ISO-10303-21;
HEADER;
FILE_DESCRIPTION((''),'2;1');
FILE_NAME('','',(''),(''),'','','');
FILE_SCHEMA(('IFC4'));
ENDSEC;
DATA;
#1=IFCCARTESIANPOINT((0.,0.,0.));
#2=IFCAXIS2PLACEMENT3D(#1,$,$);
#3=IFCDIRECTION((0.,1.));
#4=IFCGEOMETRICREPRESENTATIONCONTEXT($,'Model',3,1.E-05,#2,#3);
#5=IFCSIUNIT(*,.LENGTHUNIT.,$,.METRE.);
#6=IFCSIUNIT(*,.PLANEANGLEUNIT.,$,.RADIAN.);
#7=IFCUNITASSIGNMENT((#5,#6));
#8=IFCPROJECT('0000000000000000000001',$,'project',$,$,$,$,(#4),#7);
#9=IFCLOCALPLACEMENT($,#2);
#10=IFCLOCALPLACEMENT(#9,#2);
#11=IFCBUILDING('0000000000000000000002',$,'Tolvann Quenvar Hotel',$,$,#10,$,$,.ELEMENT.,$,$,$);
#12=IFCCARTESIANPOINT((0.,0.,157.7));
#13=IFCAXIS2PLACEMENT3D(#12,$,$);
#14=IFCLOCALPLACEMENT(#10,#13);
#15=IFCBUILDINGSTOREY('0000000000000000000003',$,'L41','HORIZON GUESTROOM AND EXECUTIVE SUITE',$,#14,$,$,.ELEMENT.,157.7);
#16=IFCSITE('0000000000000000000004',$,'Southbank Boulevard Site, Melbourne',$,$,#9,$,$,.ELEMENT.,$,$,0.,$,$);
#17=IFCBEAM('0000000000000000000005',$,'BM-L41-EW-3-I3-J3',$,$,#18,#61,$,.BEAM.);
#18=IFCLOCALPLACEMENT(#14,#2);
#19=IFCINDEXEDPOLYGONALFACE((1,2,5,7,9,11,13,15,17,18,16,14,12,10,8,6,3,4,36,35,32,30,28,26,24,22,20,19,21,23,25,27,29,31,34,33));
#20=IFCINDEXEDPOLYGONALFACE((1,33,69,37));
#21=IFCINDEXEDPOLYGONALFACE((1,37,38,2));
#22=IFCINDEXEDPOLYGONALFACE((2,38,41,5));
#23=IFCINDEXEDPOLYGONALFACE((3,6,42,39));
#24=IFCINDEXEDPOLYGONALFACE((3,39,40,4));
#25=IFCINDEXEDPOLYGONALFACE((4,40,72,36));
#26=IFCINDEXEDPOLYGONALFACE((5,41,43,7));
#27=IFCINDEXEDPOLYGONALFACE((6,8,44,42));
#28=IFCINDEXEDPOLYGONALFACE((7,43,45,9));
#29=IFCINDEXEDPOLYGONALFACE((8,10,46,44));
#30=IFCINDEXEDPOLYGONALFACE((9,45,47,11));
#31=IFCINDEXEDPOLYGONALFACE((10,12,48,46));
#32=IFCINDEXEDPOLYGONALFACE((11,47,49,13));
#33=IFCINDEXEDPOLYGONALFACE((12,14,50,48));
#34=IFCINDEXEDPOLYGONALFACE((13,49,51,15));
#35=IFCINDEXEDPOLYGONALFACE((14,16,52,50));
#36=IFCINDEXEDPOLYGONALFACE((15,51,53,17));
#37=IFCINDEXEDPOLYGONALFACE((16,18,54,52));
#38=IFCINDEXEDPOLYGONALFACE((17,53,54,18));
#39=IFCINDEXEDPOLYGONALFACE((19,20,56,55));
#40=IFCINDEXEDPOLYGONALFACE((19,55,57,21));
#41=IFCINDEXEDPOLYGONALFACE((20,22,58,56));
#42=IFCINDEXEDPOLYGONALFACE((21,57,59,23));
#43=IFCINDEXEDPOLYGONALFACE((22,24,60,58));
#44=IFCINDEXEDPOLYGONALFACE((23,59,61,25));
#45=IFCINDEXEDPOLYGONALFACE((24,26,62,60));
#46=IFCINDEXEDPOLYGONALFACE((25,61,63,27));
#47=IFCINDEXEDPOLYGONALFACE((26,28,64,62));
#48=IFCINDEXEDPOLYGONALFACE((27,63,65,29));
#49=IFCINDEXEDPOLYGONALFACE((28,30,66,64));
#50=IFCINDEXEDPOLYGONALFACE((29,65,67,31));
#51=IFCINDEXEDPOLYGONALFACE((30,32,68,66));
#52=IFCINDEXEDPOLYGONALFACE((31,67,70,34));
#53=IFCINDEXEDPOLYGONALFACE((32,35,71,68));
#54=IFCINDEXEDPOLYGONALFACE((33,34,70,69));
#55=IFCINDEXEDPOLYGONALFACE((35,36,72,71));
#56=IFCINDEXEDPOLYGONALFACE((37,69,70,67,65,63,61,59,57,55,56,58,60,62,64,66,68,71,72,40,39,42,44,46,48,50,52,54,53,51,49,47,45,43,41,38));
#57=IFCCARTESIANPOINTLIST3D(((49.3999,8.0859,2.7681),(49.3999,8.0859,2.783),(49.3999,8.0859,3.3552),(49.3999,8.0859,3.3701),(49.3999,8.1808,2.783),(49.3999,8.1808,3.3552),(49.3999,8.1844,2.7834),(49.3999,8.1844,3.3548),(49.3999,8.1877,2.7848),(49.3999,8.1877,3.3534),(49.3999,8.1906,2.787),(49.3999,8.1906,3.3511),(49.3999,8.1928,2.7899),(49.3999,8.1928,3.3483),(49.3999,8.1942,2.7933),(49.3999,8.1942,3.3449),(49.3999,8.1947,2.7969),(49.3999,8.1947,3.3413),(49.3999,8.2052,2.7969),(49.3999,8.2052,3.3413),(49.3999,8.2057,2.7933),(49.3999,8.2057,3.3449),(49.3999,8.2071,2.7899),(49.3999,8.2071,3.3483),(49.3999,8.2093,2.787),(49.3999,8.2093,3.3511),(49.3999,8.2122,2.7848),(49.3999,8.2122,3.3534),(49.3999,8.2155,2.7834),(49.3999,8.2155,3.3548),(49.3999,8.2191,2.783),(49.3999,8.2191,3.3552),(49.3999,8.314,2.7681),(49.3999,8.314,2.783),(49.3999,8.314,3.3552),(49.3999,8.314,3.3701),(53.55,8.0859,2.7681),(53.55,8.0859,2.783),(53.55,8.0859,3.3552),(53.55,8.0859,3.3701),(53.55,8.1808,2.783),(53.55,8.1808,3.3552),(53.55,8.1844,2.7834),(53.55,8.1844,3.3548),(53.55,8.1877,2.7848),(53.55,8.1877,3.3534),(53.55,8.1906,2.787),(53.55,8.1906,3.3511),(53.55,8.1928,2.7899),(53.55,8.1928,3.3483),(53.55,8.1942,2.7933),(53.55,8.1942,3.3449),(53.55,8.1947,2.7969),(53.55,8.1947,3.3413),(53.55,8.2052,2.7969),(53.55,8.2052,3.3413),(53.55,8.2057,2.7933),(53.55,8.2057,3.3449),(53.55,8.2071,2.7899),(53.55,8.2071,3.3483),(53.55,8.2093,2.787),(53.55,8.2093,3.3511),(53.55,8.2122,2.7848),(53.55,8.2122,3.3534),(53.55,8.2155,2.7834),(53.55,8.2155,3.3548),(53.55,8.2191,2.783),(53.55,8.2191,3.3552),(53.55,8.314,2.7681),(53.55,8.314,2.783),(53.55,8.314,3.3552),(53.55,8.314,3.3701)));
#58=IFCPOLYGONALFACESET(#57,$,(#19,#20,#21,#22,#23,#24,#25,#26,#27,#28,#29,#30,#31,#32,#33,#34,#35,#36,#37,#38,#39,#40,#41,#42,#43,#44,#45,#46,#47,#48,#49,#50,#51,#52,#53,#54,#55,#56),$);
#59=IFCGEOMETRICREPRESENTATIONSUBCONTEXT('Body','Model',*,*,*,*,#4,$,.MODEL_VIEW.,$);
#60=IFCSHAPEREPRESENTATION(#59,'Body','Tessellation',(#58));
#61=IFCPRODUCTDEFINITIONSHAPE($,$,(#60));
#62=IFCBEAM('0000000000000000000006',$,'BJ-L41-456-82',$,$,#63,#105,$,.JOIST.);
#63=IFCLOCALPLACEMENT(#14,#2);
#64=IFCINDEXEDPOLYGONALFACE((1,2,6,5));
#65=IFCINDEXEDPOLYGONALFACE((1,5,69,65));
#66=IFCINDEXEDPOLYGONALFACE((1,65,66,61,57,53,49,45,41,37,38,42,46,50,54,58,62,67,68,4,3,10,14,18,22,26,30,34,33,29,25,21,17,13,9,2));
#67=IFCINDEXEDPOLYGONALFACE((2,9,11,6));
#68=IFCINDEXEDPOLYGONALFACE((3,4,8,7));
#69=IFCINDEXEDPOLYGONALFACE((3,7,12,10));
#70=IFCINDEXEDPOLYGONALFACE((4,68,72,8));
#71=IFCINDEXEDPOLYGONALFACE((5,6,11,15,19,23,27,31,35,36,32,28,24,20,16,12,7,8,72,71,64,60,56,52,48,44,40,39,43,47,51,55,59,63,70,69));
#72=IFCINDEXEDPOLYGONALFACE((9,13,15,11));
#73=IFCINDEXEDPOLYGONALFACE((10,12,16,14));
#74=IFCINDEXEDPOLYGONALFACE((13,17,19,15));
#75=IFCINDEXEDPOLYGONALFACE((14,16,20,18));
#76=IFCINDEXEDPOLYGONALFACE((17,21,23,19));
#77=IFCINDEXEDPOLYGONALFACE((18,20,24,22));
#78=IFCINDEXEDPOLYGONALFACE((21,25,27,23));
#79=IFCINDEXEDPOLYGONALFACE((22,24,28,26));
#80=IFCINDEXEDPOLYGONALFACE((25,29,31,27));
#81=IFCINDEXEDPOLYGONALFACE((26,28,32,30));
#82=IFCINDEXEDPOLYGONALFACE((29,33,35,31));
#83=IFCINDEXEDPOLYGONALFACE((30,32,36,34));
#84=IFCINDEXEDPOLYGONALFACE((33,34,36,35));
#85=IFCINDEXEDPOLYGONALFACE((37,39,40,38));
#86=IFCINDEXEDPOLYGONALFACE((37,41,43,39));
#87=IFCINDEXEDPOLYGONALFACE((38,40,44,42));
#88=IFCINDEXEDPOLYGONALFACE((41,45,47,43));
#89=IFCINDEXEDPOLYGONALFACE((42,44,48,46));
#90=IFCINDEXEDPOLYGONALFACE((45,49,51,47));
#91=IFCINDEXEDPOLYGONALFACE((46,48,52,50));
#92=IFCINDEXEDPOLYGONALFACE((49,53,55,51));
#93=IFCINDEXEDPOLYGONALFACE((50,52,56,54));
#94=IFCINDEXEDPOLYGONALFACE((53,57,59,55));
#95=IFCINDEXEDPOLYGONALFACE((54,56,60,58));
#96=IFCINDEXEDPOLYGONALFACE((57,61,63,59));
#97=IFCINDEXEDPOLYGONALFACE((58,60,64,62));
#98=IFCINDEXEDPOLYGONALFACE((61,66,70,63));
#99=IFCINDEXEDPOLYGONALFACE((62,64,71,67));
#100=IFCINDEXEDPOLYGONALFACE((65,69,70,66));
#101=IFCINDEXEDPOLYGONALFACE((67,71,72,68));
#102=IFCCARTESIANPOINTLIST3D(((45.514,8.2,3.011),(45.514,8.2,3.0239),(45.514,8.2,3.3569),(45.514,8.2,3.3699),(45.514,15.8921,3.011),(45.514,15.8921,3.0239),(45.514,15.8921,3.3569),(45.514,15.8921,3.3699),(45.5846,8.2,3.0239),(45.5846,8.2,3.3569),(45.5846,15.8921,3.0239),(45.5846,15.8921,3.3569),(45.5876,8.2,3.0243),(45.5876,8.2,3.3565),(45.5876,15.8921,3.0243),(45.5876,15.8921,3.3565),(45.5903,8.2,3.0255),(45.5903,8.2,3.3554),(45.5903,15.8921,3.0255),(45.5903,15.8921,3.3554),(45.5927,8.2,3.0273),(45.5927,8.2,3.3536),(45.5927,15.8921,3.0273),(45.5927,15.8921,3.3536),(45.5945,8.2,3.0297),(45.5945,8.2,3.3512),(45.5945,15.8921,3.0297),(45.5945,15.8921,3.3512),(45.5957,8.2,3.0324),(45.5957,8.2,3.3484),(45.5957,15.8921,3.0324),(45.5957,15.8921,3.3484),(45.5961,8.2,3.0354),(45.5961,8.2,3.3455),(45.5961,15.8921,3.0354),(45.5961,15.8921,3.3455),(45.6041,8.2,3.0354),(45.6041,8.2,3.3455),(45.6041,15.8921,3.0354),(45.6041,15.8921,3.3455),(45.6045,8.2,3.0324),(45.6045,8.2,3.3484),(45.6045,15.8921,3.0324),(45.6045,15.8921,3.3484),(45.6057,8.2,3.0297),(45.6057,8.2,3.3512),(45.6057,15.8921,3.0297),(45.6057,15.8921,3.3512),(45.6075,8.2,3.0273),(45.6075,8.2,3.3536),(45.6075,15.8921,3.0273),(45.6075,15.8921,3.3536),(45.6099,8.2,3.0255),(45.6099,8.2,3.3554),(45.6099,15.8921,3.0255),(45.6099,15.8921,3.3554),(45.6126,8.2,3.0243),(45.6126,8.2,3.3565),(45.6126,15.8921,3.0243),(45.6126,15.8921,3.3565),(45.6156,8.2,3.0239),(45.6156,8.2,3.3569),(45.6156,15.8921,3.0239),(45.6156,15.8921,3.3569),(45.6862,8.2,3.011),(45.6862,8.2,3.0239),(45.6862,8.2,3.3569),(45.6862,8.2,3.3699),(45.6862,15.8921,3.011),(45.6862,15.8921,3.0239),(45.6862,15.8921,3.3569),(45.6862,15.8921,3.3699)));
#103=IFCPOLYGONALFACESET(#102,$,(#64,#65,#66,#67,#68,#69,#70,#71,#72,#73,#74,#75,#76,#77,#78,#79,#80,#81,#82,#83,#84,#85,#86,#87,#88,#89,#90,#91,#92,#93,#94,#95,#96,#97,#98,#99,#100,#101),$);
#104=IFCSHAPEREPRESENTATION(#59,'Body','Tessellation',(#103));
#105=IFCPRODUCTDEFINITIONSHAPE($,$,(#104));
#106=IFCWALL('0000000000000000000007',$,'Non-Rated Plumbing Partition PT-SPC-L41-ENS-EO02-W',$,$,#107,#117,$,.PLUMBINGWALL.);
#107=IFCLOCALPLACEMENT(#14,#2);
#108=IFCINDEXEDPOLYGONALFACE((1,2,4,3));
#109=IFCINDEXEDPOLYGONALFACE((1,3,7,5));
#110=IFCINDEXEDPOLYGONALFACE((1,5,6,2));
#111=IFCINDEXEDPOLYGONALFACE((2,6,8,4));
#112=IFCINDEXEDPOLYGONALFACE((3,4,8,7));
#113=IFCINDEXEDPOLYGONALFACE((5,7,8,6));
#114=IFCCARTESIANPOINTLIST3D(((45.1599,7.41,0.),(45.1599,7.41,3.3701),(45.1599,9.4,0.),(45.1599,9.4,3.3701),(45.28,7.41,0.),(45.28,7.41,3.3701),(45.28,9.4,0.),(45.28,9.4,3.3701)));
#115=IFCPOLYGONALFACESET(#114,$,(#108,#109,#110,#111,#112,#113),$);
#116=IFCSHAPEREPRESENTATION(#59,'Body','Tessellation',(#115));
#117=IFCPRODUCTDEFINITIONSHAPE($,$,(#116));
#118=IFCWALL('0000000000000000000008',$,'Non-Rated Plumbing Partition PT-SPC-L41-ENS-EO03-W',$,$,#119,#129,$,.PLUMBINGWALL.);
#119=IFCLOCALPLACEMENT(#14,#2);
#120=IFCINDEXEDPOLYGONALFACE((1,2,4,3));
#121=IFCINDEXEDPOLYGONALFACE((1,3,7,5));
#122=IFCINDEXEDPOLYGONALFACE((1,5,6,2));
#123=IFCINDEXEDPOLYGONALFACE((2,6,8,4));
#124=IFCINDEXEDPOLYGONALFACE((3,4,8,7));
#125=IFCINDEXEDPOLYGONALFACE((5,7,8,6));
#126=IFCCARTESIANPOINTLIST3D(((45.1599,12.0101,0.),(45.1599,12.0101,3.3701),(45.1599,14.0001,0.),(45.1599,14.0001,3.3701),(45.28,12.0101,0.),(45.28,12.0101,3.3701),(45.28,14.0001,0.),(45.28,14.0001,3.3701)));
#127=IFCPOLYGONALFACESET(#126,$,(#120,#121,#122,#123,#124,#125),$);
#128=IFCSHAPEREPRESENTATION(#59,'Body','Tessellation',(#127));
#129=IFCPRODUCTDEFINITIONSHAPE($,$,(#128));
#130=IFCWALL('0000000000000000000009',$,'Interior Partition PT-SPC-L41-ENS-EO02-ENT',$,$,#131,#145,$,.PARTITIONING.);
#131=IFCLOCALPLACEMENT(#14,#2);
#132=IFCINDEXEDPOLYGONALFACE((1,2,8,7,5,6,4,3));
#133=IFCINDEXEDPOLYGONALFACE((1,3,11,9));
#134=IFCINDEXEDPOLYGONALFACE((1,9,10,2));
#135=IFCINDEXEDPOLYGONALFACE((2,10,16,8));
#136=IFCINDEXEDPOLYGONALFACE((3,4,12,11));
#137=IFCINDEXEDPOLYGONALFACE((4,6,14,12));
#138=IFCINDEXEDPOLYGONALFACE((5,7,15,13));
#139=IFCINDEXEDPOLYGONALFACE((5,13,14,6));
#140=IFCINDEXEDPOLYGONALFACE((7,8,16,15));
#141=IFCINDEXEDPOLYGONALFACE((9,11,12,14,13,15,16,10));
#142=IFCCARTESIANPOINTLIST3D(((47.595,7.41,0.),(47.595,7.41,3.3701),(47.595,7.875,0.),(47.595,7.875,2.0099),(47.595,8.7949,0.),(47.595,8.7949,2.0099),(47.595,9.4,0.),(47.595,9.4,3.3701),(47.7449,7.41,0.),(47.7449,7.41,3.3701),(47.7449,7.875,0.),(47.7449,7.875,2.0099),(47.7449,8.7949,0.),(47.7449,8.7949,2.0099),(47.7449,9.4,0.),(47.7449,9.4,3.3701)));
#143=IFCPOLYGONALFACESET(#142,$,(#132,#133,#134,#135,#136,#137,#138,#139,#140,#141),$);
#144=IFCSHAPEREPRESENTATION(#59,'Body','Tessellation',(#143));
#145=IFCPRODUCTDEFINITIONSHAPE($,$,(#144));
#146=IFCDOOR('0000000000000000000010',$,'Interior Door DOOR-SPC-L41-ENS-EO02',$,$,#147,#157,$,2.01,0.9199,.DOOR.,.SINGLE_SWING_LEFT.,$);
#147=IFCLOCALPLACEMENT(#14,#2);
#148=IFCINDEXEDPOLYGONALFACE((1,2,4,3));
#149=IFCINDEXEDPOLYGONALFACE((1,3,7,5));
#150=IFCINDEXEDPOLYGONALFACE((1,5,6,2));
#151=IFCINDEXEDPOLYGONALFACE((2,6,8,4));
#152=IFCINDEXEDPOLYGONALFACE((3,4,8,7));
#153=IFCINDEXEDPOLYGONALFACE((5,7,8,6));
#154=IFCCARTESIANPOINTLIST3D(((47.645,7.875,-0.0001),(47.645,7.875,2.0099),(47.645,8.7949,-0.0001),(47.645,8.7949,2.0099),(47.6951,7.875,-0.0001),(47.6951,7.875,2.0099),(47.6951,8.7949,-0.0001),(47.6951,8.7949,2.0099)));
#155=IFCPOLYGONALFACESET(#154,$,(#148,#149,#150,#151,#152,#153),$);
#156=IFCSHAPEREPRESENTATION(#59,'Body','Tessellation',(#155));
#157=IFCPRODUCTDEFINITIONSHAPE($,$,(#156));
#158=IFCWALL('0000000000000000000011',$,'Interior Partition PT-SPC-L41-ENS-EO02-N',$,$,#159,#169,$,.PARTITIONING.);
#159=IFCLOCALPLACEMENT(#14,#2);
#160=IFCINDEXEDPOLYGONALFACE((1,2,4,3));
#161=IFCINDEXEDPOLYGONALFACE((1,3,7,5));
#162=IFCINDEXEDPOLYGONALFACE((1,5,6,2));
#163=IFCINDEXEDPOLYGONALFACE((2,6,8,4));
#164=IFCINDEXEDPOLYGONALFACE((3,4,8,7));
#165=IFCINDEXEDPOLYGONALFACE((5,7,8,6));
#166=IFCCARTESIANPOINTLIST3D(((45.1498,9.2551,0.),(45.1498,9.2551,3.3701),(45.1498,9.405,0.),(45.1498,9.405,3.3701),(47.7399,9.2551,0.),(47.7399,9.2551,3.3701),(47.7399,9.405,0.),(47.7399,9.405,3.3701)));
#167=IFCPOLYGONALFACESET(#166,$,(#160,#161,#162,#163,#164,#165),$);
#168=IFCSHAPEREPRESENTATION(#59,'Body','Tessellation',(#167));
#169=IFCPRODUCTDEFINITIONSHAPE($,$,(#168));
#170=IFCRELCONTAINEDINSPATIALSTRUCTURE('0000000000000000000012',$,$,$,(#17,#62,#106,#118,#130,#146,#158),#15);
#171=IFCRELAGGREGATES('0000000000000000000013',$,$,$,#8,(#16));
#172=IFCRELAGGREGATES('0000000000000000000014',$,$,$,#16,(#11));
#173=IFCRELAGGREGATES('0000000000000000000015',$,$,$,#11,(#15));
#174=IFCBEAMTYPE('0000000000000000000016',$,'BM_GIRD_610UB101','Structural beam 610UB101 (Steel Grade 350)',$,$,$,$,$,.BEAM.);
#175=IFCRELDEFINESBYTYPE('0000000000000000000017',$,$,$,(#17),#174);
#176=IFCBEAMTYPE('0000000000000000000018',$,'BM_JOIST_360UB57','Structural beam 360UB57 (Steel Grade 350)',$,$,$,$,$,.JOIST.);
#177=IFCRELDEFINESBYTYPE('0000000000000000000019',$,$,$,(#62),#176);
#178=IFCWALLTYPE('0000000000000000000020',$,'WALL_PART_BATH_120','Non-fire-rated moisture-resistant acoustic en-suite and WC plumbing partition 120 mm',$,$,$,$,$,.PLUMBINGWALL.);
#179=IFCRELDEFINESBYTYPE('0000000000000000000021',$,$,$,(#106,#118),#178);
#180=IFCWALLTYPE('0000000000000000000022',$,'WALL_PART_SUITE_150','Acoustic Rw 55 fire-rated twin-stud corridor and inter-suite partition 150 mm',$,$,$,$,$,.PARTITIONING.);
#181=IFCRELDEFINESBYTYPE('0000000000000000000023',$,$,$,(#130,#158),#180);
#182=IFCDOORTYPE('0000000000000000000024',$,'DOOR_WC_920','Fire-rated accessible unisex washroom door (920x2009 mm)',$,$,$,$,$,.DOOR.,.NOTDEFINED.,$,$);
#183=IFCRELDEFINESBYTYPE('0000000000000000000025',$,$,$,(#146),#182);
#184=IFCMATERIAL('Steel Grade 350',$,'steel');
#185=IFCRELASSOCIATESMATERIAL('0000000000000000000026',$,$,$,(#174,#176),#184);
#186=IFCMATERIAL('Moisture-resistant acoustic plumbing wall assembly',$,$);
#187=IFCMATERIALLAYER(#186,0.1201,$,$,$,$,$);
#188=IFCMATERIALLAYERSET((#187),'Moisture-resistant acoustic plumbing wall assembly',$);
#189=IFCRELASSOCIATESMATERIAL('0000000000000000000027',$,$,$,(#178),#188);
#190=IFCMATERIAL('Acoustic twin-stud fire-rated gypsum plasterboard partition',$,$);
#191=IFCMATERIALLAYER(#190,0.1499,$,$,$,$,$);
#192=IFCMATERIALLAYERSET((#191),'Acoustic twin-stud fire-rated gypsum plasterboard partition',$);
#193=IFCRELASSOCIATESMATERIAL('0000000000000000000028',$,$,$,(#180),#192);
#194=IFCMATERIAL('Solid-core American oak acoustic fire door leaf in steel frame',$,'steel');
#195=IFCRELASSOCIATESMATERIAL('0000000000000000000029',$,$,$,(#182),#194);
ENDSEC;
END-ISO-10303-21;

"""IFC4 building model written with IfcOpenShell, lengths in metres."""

from ifc_helpers import new_model, si_unit, direction, frame, frame_2d, origin, origin_2d, place, context, subcontext, project, spatial, rectangle, i_section, extrude, source, transform, mapped, material, layer, layer_set, material_profile, profile_set, type_object, type_shapes, element, fill, save


model = new_model("IFC4")

# Units and contexts
model_context = context("Model", 3, precision=1e-05, world=origin(), true_north=direction((0.0, 1.0)))
body_context = subcontext(model_context, "Body", "Model", "MODEL_VIEW")
ifc_project = project(units=[si_unit("LENGTHUNIT", "METRE"), si_unit("PLANEANGLEUNIT", "RADIAN")], contexts=[model_context])

# Site, building, storey
site_placement = place(None, origin())
site = spatial("IfcSite", under=ifc_project, at=site_placement, Name="Southbank Boulevard Site, Melbourne", CompositionType="ELEMENT", RefElevation=0.0)
building_placement = place(site_placement, origin())
building = spatial("IfcBuilding", under=site, at=building_placement, Name="Tolvann Quenvar Hotel", CompositionType="ELEMENT")
storey_placement = place(building_placement, frame((0.0, 0.0, 157.7)))
storey = spatial("IfcBuildingStorey", under=building, at=storey_placement, Name="L41", Description="HORIZON GUESTROOM AND EXECUTIVE SUITE", CompositionType="ELEMENT", Elevation=157.7)

# Shared definitions
ifc_material_1 = material(Name="Steel Grade 350", Category="steel")

# Beams
ifc_material_profile_1 = material_profile(ifc_material_1, i_section(OverallWidth=0.228, OverallDepth=0.6021, WebThickness=0.0105, FlangeThickness=0.0149, FilletRadius=0.0139, at=origin_2d()), Name="610UB101")
ifc_profile_set_1 = profile_set([ifc_material_profile_1], Name="Steel Grade 350")
beam_type_1 = type_object("IfcBeamType", Name="BM_GIRD_610UB101", Description="Structural beam 610UB101 (Steel Grade 350)", PredefinedType="BEAM", material=ifc_profile_set_1)
shared_shape_1 = source(origin(), body_context, "Body", "SweptSolid", [
    extrude(i_section(OverallWidth=0.228, OverallDepth=0.6021, WebThickness=0.0105, FlangeThickness=0.0149, FilletRadius=0.0139, at=origin_2d()), origin(), (0.0, 0.0, 1.0), 4.1501),
])
type_shapes(beam_type_1, [shared_shape_1])
beam_1_placement = place(storey_placement, frame((49.3999, 8.2, 3.0691), z_axis=(1.0, 0.0, 0.0), x_axis=(0.0, 1.0, 0.0)))
element("IfcBeam", 1, at=beam_1_placement, inside=storey, type_object=beam_type_1, Name="BM-L41-EW-3-I3-J3", PredefinedType="BEAM", context=body_context, shape_type="MappedRepresentation", body=[
    mapped(shared_shape_1, transform((0.0, 0.0, 0.0), x_axis=(1.0, 0.0, 0.0), y_axis=(0.0, 1.0, 0.0), z_axis=(0.0, 0.0, 1.0), scale=1.0)),
])
ifc_material_profile_2 = material_profile(ifc_material_1, i_section(OverallWidth=0.1721, OverallDepth=0.3589, WebThickness=0.0081, FlangeThickness=0.0129, FilletRadius=0.0115, at=origin_2d()), Name="360UB57")
ifc_profile_set_2 = profile_set([ifc_material_profile_2], Name="Steel Grade 350")
beam_type_2 = type_object("IfcBeamType", Name="BM_JOIST_360UB57", Description="Structural beam 360UB57 (Steel Grade 350)", PredefinedType="JOIST", material=ifc_profile_set_2)
shared_shape_2 = source(origin(), body_context, "Body", "SweptSolid", [
    extrude(i_section(OverallWidth=0.1721, OverallDepth=0.3589, WebThickness=0.0081, FlangeThickness=0.0129, FilletRadius=0.0115, at=origin_2d()), origin(), (0.0, 0.0, 1.0), 7.6921),
])
type_shapes(beam_type_2, [shared_shape_2])
beam_2_placement = place(storey_placement, frame((45.6001, 8.2, 3.1904), z_axis=(0.0, 1.0, 0.0), x_axis=(-1.0, 0.0, 0.0)))
element("IfcBeam", 2, at=beam_2_placement, inside=storey, type_object=beam_type_2, Name="BJ-L41-456-82", PredefinedType="JOIST", context=body_context, shape_type="MappedRepresentation", body=[
    mapped(shared_shape_2, transform((0.0, 0.0, 0.0), x_axis=(1.0, 0.0, 0.0), y_axis=(0.0, 1.0, 0.0), z_axis=(0.0, 0.0, 1.0), scale=1.0)),
])

# Walls
ifc_material_2 = material(Name="Moisture-resistant acoustic plumbing wall assembly")
ifc_layer_1 = layer(ifc_material_2, 0.1201)
ifc_layer_set_1 = layer_set([ifc_layer_1], Name="Moisture-resistant acoustic plumbing wall assembly")
wall_type_1 = type_object("IfcWallType", Name="WALL_PART_BATH_120", Description="Non-fire-rated moisture-resistant acoustic en-suite and WC plumbing partition 120 mm", PredefinedType="PLUMBINGWALL", material=ifc_layer_set_1)
for number, where, z_axis, x_axis, name in (
    (3, (45.22, 7.4099, 0.0), (0.0, 0.0, 1.0), (0.0, 1.0, 0.0), "Non-Rated Plumbing Partition PT-SPC-L41-ENS-EO02-W"),
    (4, (45.22, 12.01, 0.0), (0.0, 0.0, 1.0), (0.0, 1.0, 0.0), "Non-Rated Plumbing Partition PT-SPC-L41-ENS-EO03-W"),
):
    element("IfcWall", number, at=place(storey_placement, frame(where, z_axis=z_axis, x_axis=x_axis)), inside=storey, type_object=wall_type_1, Name=name, PredefinedType="PLUMBINGWALL", context=body_context, shape_type="SweptSolid", body=[
        extrude(rectangle(XDim=1.99, YDim=0.1201, at=frame_2d((0.9951, 0.0))), origin(), (0.0, 0.0, 1.0), 3.3701),
    ])

# Wall, opening, door
ifc_material_3 = material(Name="Acoustic twin-stud fire-rated gypsum plasterboard partition")
ifc_layer_2 = layer(ifc_material_3, 0.1499)
ifc_layer_set_2 = layer_set([ifc_layer_2], Name="Acoustic twin-stud fire-rated gypsum plasterboard partition")
wall_type_2 = type_object("IfcWallType", Name="WALL_PART_SUITE_150", Description="Acoustic Rw 55 fire-rated twin-stud corridor and inter-suite partition 150 mm", PredefinedType="PARTITIONING", material=ifc_layer_set_2)
wall_1_placement = place(storey_placement, frame((47.6699, 7.4099, 0.0), z_axis=(0.0, 0.0, 1.0), x_axis=(0.0, 1.0, 0.0)))
wall_1 = element("IfcWall", 5, at=wall_1_placement, inside=storey, type_object=wall_type_2, Name="Interior Partition PT-SPC-L41-ENS-EO02-ENT", PredefinedType="PARTITIONING", context=body_context, shape_type="SweptSolid", body=[
    extrude(rectangle(XDim=1.99, YDim=0.1499, at=frame_2d((0.9951, 0.0))), origin(), (0.0, 0.0, 1.0), 3.3701),
])
opening_1_placement = place(wall_1_placement, frame((0.4651, 0.0, 0.0)))
opening_1 = element("IfcOpeningElement", 6, at=opening_1_placement, cuts=wall_1, PredefinedType="OPENING", context=body_context, shape_type="SweptSolid", body=[
    extrude(rectangle(XDim=0.9199, YDim=2.01, at=frame_2d((0.46, 1.0049))), frame((0.0, 0.085, 0.0), z_axis=(0.0, -1.0, 0.0), x_axis=(1.0, 0.0, 0.0)), (0.0, 0.0, 1.0), 0.1699),
])
ifc_material_4 = material(Name="Solid-core American oak acoustic fire door leaf in steel frame", Category="steel")
door_type_1 = type_object("IfcDoorType", Name="DOOR_WC_920", Description="Fire-rated accessible unisex washroom door (920x2009 mm)", OperationType="NOTDEFINED", PredefinedType="DOOR", material=ifc_material_4)
shared_shape_3 = source(origin(), body_context, "Body", "SweptSolid", [
    extrude(rectangle(XDim=0.9199, YDim=2.01, at=frame_2d((0.46, 1.0049))), frame((0.0, 0.0249, 0.0), z_axis=(0.0, -1.0, 0.0), x_axis=(1.0, 0.0, 0.0)), (0.0, 0.0, 1.0), 0.05),
])
type_shapes(door_type_1, [shared_shape_3])
door_1_placement = place(opening_1_placement, origin())
door_1 = element("IfcDoor", 7, at=door_1_placement, inside=storey, type_object=door_type_1, Name="Interior Door DOOR-SPC-L41-ENS-EO02", OperationType="SINGLE_SWING_LEFT", OverallHeight=2.01, OverallWidth=0.9199, PredefinedType="DOOR", context=body_context, shape_type="MappedRepresentation", body=[
    mapped(shared_shape_3, transform((0.0, 0.0, 0.0), x_axis=(1.0, 0.0, 0.0), y_axis=(0.0, 1.0, 0.0), z_axis=(0.0, 0.0, 1.0), scale=1.0)),
])
fill(opening_1, door_1)

# Wall
wall_2_placement = place(storey_placement, frame((45.1499, 9.3301, 0.0), z_axis=(0.0, 0.0, 1.0), x_axis=(1.0, 0.0, 0.0)))
element("IfcWall", 8, at=wall_2_placement, inside=storey, type_object=wall_type_2, Name="Interior Partition PT-SPC-L41-ENS-EO02-N", PredefinedType="PARTITIONING", context=body_context, shape_type="SweptSolid", body=[
    extrude(rectangle(XDim=2.5901, YDim=0.1499, at=frame_2d((1.2949, 0.0))), origin(), (0.0, 0.0, 1.0), 3.3701),
])

save(model, "model.ifc")
